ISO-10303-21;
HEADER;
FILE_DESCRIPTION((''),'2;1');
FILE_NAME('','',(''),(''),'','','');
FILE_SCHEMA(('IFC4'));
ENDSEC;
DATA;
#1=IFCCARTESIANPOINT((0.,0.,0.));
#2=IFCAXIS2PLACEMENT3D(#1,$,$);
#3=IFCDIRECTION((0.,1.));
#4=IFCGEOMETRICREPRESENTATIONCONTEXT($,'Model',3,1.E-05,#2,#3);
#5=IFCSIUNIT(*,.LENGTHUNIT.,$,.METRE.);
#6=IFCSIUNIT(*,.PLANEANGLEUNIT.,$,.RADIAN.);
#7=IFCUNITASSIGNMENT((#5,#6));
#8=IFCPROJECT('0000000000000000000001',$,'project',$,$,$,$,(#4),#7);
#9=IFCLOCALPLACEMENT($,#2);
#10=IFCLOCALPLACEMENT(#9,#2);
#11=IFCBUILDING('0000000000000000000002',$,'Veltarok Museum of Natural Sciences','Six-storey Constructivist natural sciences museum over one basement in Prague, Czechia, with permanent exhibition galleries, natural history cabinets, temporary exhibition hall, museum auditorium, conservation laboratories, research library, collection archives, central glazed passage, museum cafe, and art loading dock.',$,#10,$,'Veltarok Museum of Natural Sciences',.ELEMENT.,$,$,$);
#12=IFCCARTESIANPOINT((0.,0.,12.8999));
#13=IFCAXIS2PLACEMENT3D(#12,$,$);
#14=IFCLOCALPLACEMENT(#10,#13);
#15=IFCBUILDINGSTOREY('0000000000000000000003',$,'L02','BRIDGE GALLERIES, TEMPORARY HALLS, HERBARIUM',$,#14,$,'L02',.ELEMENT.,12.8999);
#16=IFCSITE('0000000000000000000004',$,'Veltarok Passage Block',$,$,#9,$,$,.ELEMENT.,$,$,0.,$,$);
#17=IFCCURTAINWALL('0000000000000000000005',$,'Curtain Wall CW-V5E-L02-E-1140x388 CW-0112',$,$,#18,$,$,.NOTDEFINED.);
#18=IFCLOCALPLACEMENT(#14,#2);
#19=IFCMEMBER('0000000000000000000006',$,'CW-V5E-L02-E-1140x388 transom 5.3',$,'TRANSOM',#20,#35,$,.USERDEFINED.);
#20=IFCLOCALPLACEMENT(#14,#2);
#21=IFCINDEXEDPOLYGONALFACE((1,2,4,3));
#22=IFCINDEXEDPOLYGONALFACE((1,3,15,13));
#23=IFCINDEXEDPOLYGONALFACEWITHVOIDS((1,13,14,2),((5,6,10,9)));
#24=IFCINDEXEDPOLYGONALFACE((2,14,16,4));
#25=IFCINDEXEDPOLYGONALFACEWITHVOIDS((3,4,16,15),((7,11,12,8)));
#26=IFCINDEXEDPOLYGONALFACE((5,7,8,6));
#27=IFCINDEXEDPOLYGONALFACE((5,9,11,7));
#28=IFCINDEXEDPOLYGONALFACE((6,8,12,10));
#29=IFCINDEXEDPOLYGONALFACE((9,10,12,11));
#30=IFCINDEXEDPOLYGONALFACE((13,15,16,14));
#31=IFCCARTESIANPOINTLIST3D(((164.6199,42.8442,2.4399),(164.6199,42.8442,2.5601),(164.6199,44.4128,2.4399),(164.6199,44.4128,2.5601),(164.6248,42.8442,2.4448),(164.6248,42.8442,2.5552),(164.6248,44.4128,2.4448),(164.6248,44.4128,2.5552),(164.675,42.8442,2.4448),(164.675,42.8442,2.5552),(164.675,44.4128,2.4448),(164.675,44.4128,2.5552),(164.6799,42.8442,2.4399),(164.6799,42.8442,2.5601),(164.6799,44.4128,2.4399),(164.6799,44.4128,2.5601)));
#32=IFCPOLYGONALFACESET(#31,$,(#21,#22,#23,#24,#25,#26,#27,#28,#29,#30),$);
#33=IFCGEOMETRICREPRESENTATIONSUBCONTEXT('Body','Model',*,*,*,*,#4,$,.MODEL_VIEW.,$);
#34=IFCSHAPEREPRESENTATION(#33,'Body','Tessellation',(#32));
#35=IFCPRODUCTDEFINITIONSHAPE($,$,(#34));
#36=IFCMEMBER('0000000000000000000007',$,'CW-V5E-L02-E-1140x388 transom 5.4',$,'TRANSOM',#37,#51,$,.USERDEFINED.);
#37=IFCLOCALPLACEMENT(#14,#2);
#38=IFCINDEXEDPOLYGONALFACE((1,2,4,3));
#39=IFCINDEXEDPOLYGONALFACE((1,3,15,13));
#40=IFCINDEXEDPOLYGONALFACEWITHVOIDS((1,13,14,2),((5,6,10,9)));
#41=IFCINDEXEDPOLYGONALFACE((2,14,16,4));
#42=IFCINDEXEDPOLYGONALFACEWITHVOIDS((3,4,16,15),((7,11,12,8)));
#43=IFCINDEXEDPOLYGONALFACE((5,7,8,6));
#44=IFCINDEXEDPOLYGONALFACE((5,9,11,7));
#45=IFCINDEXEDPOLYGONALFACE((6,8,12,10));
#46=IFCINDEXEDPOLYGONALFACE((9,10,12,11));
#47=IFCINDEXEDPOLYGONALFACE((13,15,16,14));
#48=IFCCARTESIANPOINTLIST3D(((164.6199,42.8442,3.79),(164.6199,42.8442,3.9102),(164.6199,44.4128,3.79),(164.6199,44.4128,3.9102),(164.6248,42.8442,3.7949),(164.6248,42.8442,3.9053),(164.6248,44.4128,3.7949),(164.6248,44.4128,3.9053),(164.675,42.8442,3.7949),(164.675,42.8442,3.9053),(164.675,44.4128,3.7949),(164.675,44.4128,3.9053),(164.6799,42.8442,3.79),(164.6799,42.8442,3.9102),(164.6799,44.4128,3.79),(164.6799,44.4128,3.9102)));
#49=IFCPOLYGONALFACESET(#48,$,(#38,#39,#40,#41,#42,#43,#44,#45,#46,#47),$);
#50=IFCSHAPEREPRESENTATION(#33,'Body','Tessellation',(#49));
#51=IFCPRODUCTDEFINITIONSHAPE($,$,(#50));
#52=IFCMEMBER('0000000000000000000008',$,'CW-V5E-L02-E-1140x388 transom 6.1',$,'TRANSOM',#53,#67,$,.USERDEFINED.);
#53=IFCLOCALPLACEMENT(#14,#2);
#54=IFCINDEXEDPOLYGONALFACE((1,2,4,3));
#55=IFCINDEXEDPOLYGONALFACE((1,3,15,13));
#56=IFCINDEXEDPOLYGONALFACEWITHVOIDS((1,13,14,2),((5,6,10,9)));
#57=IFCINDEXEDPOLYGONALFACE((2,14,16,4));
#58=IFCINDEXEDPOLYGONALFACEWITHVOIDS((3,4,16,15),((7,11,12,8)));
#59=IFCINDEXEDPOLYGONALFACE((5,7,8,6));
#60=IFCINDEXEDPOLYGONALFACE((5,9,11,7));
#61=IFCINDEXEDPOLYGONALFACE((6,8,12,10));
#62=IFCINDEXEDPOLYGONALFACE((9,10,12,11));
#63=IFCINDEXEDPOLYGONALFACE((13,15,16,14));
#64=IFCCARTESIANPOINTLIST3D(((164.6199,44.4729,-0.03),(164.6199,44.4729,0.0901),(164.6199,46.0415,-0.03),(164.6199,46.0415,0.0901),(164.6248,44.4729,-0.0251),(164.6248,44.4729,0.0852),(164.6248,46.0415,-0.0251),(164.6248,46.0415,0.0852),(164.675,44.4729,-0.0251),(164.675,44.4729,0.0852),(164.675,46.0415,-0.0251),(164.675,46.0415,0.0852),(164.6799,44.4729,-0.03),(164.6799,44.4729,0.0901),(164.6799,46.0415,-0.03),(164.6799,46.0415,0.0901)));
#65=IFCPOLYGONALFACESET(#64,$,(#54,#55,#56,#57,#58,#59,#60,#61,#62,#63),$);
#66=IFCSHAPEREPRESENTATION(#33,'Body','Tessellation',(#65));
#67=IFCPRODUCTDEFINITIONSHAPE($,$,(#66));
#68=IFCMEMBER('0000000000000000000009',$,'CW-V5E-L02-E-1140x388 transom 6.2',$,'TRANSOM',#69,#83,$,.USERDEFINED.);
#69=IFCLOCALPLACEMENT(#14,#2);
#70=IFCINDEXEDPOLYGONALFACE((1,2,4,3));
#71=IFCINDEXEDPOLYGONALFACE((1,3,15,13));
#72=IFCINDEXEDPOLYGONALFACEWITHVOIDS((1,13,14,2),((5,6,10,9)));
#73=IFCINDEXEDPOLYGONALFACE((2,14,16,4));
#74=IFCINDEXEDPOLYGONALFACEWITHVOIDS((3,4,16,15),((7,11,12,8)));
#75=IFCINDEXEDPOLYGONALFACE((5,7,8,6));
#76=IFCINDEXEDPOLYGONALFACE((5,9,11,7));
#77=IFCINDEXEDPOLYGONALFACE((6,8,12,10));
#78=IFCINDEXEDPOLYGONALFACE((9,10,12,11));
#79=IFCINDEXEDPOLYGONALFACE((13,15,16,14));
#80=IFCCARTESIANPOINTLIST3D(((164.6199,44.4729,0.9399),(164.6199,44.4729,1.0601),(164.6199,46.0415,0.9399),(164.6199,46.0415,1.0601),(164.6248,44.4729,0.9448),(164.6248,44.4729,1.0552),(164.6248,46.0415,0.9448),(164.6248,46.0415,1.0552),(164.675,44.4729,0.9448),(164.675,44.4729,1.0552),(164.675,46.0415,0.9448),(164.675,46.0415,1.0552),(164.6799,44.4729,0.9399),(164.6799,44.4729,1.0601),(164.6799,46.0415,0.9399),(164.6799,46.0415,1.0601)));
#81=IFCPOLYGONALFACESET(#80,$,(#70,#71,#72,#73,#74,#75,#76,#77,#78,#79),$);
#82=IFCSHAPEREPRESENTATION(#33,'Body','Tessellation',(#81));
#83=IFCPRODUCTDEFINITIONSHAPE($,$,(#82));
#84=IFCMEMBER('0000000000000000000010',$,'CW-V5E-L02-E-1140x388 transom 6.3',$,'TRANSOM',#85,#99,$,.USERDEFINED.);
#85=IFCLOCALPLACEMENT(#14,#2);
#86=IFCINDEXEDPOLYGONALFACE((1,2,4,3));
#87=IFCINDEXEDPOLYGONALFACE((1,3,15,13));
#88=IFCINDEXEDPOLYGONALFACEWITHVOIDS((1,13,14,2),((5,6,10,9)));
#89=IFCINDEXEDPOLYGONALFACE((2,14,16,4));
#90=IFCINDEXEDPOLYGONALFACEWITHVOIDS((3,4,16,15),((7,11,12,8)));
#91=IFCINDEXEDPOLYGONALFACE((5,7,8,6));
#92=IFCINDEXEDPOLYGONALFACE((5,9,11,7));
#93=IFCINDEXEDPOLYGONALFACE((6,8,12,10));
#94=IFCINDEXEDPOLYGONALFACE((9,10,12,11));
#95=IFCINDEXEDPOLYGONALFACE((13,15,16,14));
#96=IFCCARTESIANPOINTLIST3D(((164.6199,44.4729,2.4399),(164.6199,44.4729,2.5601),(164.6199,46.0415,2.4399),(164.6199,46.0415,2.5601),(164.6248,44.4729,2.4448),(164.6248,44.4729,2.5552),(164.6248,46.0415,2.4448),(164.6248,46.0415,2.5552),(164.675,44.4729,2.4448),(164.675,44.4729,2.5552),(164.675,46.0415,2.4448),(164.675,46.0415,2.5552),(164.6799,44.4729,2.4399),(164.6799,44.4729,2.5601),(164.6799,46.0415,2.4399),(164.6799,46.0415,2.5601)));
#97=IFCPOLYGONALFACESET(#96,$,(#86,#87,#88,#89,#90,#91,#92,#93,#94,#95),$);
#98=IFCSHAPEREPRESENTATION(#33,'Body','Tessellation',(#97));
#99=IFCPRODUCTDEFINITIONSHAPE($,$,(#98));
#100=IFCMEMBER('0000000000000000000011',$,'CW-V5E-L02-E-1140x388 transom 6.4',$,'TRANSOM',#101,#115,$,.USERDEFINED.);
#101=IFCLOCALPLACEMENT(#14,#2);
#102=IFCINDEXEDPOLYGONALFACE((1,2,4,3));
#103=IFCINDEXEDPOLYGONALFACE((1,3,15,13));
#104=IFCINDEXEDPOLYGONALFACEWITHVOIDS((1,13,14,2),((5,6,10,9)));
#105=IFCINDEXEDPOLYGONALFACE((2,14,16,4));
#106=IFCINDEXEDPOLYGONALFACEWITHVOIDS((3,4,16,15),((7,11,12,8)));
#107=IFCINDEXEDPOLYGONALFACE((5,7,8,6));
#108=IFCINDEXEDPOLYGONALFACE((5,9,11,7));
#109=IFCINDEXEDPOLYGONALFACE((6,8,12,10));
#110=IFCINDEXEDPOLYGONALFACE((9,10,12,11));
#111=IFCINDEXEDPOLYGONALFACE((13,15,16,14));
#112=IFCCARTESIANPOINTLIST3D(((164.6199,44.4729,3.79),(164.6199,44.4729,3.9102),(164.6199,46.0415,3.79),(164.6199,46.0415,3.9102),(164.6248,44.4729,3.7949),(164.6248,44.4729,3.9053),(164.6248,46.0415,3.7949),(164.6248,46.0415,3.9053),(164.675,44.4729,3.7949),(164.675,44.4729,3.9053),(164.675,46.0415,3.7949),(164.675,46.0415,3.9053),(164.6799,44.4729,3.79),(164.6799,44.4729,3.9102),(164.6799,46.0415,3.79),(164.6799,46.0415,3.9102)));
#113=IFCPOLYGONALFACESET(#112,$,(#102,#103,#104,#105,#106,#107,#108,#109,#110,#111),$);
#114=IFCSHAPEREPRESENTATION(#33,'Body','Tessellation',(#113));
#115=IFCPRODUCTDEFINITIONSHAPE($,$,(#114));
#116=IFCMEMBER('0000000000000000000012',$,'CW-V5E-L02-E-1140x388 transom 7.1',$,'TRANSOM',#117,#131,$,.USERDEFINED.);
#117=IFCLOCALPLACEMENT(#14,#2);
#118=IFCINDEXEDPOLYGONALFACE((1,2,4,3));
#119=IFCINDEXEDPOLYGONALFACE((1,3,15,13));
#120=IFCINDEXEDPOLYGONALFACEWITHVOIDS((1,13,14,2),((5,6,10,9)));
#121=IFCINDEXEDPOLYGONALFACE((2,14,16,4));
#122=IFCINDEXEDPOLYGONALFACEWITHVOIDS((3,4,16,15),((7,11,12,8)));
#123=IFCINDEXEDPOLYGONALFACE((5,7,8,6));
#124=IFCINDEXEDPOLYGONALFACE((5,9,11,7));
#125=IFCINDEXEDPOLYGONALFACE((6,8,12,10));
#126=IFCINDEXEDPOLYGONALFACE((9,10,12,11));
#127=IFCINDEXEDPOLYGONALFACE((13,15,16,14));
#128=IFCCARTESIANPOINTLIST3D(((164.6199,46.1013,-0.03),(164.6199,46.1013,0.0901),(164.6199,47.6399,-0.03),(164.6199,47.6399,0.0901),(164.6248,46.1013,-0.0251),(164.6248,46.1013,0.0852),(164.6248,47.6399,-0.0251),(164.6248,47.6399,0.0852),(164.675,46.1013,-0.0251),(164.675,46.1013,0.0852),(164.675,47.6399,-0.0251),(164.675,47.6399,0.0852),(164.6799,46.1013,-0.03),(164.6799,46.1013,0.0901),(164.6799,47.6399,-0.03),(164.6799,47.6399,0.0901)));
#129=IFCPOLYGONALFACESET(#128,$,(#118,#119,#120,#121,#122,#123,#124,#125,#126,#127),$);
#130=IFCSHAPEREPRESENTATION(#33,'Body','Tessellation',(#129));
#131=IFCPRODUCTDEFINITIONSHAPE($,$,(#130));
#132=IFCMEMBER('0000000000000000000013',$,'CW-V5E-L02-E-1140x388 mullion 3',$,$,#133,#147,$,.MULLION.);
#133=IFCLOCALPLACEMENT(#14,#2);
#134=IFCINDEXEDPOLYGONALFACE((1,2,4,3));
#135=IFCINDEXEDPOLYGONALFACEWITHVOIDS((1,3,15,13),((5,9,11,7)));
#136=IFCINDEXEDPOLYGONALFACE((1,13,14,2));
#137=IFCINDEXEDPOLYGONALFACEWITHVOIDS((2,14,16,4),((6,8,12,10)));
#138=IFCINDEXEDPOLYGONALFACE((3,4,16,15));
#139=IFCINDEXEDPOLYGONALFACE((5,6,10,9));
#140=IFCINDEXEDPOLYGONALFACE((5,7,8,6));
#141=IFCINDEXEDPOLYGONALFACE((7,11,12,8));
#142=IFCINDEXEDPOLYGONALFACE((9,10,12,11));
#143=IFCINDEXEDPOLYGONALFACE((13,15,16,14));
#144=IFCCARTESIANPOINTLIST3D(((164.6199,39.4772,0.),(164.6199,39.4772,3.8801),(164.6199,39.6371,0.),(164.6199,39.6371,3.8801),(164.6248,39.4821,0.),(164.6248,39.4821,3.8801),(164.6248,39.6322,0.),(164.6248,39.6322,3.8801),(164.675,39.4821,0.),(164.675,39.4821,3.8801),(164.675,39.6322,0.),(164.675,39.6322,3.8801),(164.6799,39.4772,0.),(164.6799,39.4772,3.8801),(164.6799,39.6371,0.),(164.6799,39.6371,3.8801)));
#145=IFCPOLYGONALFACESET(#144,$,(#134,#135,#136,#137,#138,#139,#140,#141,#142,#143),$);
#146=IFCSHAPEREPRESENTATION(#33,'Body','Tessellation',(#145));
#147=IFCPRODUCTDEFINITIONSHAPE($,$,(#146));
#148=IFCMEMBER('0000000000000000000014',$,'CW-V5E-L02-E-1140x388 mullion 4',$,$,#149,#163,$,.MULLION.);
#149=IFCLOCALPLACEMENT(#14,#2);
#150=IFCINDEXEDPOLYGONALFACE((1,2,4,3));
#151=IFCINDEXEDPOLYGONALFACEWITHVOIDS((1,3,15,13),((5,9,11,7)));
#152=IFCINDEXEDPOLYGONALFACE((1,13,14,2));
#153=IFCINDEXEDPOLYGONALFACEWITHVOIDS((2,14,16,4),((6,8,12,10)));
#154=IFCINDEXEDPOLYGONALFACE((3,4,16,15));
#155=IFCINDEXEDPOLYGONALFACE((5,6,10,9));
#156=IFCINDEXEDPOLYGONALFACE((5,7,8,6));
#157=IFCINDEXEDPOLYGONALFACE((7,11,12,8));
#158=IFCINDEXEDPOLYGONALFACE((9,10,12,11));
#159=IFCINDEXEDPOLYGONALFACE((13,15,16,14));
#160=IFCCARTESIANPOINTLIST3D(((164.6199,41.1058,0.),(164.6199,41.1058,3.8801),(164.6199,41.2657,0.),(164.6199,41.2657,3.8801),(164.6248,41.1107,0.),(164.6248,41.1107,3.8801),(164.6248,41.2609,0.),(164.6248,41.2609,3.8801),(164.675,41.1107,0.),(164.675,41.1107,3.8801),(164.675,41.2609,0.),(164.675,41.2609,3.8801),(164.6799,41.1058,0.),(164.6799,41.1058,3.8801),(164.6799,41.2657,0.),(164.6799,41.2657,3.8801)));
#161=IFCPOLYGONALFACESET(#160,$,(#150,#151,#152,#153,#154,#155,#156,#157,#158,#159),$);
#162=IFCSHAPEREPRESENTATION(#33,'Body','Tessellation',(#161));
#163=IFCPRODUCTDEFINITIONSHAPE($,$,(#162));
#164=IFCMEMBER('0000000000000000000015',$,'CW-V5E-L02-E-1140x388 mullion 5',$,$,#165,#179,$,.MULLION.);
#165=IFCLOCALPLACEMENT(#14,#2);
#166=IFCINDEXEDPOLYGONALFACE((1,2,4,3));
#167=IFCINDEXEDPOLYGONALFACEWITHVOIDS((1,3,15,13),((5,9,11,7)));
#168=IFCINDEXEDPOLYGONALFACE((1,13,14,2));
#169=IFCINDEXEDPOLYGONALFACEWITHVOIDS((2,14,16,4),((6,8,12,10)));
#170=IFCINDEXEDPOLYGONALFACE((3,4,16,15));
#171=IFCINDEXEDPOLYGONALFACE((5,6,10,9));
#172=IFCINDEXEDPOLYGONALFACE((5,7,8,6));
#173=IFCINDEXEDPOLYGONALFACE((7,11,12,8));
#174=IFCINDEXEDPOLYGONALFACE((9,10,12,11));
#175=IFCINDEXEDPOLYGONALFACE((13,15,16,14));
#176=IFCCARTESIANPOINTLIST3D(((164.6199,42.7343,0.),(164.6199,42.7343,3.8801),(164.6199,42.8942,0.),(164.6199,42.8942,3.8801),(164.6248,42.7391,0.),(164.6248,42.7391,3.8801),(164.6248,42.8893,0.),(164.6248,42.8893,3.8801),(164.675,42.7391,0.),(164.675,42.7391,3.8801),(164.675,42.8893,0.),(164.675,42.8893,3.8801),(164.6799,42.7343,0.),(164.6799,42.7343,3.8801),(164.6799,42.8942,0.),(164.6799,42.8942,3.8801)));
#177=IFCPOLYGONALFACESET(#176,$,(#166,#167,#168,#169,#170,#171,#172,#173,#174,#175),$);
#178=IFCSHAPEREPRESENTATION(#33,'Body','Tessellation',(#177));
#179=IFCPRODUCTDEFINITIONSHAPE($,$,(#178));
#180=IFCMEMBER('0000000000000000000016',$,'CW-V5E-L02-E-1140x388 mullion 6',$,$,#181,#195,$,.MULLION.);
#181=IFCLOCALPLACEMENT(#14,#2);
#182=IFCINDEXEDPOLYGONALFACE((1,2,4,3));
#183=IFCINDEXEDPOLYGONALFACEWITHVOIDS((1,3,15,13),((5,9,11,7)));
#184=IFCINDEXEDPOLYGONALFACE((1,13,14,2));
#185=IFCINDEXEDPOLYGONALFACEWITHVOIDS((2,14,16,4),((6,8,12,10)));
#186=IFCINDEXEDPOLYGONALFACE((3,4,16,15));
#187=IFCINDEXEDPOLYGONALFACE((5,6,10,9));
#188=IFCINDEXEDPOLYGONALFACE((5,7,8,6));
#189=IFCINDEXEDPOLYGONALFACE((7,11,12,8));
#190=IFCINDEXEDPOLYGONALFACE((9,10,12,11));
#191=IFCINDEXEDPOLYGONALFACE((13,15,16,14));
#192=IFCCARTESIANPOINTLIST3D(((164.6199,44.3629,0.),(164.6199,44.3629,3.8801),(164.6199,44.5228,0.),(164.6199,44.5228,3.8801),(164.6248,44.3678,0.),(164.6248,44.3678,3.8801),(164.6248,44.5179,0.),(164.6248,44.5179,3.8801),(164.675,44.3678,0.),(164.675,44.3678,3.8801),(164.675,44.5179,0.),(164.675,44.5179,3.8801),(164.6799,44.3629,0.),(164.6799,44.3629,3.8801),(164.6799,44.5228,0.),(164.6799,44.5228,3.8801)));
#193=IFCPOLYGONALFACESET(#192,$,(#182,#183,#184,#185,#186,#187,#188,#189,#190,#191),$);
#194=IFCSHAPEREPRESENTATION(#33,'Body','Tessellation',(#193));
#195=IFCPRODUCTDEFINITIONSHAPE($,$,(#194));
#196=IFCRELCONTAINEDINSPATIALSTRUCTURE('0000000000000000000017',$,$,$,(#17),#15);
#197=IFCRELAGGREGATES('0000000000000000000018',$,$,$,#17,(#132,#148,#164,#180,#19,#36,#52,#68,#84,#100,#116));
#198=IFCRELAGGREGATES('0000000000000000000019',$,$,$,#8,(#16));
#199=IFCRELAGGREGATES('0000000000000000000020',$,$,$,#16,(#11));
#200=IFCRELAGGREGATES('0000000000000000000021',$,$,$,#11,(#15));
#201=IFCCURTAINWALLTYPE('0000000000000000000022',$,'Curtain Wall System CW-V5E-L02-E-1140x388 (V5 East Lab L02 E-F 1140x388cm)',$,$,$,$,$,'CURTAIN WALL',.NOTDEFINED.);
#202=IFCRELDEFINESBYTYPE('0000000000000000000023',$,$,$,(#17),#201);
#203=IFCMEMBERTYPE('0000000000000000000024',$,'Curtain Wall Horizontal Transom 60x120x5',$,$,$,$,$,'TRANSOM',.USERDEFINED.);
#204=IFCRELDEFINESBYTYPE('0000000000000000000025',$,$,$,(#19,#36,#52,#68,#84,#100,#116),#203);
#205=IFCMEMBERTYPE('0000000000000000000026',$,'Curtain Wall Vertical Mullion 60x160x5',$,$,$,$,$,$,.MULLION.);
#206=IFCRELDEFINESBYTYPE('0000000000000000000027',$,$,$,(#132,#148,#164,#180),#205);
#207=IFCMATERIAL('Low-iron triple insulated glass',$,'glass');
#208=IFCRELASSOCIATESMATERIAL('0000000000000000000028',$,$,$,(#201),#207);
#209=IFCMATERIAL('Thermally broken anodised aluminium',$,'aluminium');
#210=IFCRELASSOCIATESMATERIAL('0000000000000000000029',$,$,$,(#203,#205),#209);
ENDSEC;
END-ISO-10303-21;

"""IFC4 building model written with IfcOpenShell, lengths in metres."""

from ifc_helpers import new_model, si_unit, direction, frame, origin, origin_2d, place, context, subcontext, project, spatial, hollow_rectangle, extrude, material, material_profile, profile_set, type_object, element, aggregate, save


model = new_model("IFC4")

# Units and contexts
model_context = context("Model", 3, precision=1e-05, world=origin(), true_north=direction((0.0, 1.0)))
body_context = subcontext(model_context, "Body", "Model", "MODEL_VIEW")
ifc_project = project(units=[si_unit("LENGTHUNIT", "METRE"), si_unit("PLANEANGLEUNIT", "RADIAN")], contexts=[model_context])

# Site, building, storey
site_placement = place(None, origin())
site = spatial("IfcSite", under=ifc_project, at=site_placement, Name="Veltarok Passage Block", CompositionType="ELEMENT", RefElevation=0.0)
building_placement = place(site_placement, origin())
building = spatial("IfcBuilding", under=site, at=building_placement, Name="Veltarok Museum of Natural Sciences", Description="Six-storey Constructivist natural sciences museum over one basement in Prague, Czechia, with permanent exhibition galleries, natural history cabinets, temporary exhibition hall, museum auditorium, conservation laboratories, research library, collection archives, central glazed passage, museum cafe, and art loading dock.", LongName="Veltarok Museum of Natural Sciences", CompositionType="ELEMENT")
storey_placement = place(building_placement, frame((0.0, 0.0, 12.8999)))
storey = spatial("IfcBuildingStorey", under=building, at=storey_placement, Name="L02", Description="BRIDGE GALLERIES, TEMPORARY HALLS, HERBARIUM", LongName="L02", CompositionType="ELEMENT", Elevation=12.8999)

# Curtain wall, members
ifc_material_1 = material(Name="Low-iron triple insulated glass", Category="glass")
curtain_wall_type = type_object("IfcCurtainWallType", Name="Curtain Wall System CW-V5E-L02-E-1140x388 (V5 East Lab L02 E-F 1140x388cm)", ElementType="CURTAIN WALL", PredefinedType="NOTDEFINED", material=ifc_material_1)
curtain_wall_placement = place(storey_placement, origin())
curtain_wall = element("IfcCurtainWall", 1, at=curtain_wall_placement, inside=storey, type_object=curtain_wall_type, Name="Curtain Wall CW-V5E-L02-E-1140x388 CW-0112", PredefinedType="NOTDEFINED")
ifc_material_2 = material(Name="Thermally broken anodised aluminium", Category="aluminium")
ifc_material_profile_1 = material_profile(ifc_material_2, hollow_rectangle(XDim=0.0601, YDim=0.1201, WallThickness=0.0049, at=origin_2d()), Name="CW TRANSOM 60x120x5")
ifc_profile_set_1 = profile_set([ifc_material_profile_1], Name="Thermally broken anodised aluminium")
member_type_1 = type_object("IfcMemberType", Name="Curtain Wall Horizontal Transom 60x120x5", ElementType="TRANSOM", PredefinedType="USERDEFINED", material=ifc_profile_set_1)
member_1_placement = place(storey_placement, frame((164.6499, 42.8442, 2.5), z_axis=(0.0, 1.0, 0.0), x_axis=(-1.0, 0.0, 0.0)))
member_1 = element("IfcMember", 2, at=member_1_placement, type_object=member_type_1, Name="CW-V5E-L02-E-1140x388 transom 5.3", ObjectType="TRANSOM", PredefinedType="USERDEFINED", context=body_context, shape_type="SweptSolid", body=[
    extrude(hollow_rectangle(XDim=0.0601, YDim=0.1201, WallThickness=0.0049, at=origin_2d()), origin(), (0.0, 0.0, 1.0), 1.5686),
])
member_2_placement = place(storey_placement, frame((164.6499, 42.8442, 3.8501), z_axis=(0.0, 1.0, 0.0), x_axis=(-1.0, 0.0, 0.0)))
member_2 = element("IfcMember", 3, at=member_2_placement, type_object=member_type_1, Name="CW-V5E-L02-E-1140x388 transom 5.4", ObjectType="TRANSOM", PredefinedType="USERDEFINED", context=body_context, shape_type="SweptSolid", body=[
    extrude(hollow_rectangle(XDim=0.0601, YDim=0.1201, WallThickness=0.0049, at=origin_2d()), origin(), (0.0, 0.0, 1.0), 1.5686),
])
member_3_placement = place(storey_placement, frame((164.6499, 44.4729, 0.03), z_axis=(0.0, 1.0, 0.0), x_axis=(-1.0, 0.0, 0.0)))
member_3 = element("IfcMember", 4, at=member_3_placement, type_object=member_type_1, Name="CW-V5E-L02-E-1140x388 transom 6.1", ObjectType="TRANSOM", PredefinedType="USERDEFINED", context=body_context, shape_type="SweptSolid", body=[
    extrude(hollow_rectangle(XDim=0.0601, YDim=0.1201, WallThickness=0.0049, at=origin_2d()), origin(), (0.0, 0.0, 1.0), 1.5686),
])
member_4_placement = place(storey_placement, frame((164.6499, 44.4729, 1.0), z_axis=(0.0, 1.0, 0.0), x_axis=(-1.0, 0.0, 0.0)))
member_4 = element("IfcMember", 5, at=member_4_placement, type_object=member_type_1, Name="CW-V5E-L02-E-1140x388 transom 6.2", ObjectType="TRANSOM", PredefinedType="USERDEFINED", context=body_context, shape_type="SweptSolid", body=[
    extrude(hollow_rectangle(XDim=0.0601, YDim=0.1201, WallThickness=0.0049, at=origin_2d()), origin(), (0.0, 0.0, 1.0), 1.5686),
])
member_5_placement = place(storey_placement, frame((164.6499, 44.4729, 2.5), z_axis=(0.0, 1.0, 0.0), x_axis=(-1.0, 0.0, 0.0)))
member_5 = element("IfcMember", 6, at=member_5_placement, type_object=member_type_1, Name="CW-V5E-L02-E-1140x388 transom 6.3", ObjectType="TRANSOM", PredefinedType="USERDEFINED", context=body_context, shape_type="SweptSolid", body=[
    extrude(hollow_rectangle(XDim=0.0601, YDim=0.1201, WallThickness=0.0049, at=origin_2d()), origin(), (0.0, 0.0, 1.0), 1.5686),
])
member_6_placement = place(storey_placement, frame((164.6499, 44.4729, 3.8501), z_axis=(0.0, 1.0, 0.0), x_axis=(-1.0, 0.0, 0.0)))
member_6 = element("IfcMember", 7, at=member_6_placement, type_object=member_type_1, Name="CW-V5E-L02-E-1140x388 transom 6.4", ObjectType="TRANSOM", PredefinedType="USERDEFINED", context=body_context, shape_type="SweptSolid", body=[
    extrude(hollow_rectangle(XDim=0.0601, YDim=0.1201, WallThickness=0.0049, at=origin_2d()), origin(), (0.0, 0.0, 1.0), 1.5686),
])
member_7_placement = place(storey_placement, frame((164.6499, 46.1013, 0.03), z_axis=(0.0, 1.0, 0.0), x_axis=(-1.0, 0.0, 0.0)))
member_7 = element("IfcMember", 8, at=member_7_placement, type_object=member_type_1, Name="CW-V5E-L02-E-1140x388 transom 7.1", ObjectType="TRANSOM", PredefinedType="USERDEFINED", context=body_context, shape_type="SweptSolid", body=[
    extrude(hollow_rectangle(XDim=0.0601, YDim=0.1201, WallThickness=0.0049, at=origin_2d()), origin(), (0.0, 0.0, 1.0), 1.5386),
])
ifc_material_profile_2 = material_profile(ifc_material_2, hollow_rectangle(XDim=0.0601, YDim=0.1599, WallThickness=0.0049, at=origin_2d()), Name="CW MULLION 60x160x5")
ifc_profile_set_2 = profile_set([ifc_material_profile_2], Name="Thermally broken anodised aluminium")
member_type_2 = type_object("IfcMemberType", Name="Curtain Wall Vertical Mullion 60x160x5", PredefinedType="MULLION", material=ifc_profile_set_2)
member_8_placement = place(storey_placement, frame((164.6499, 39.5571, 0.0), z_axis=(0.0, 0.0, 1.0), x_axis=(-1.0, 0.0, 0.0)))
member_8 = element("IfcMember", 9, at=member_8_placement, type_object=member_type_2, Name="CW-V5E-L02-E-1140x388 mullion 3", PredefinedType="MULLION", context=body_context, shape_type="SweptSolid", body=[
    extrude(hollow_rectangle(XDim=0.0601, YDim=0.1599, WallThickness=0.0049, at=origin_2d()), origin(), (0.0, 0.0, 1.0), 3.8801),
])
member_9_placement = place(storey_placement, frame((164.6499, 41.1858, 0.0), z_axis=(0.0, 0.0, 1.0), x_axis=(-1.0, 0.0, 0.0)))
member_9 = element("IfcMember", 10, at=member_9_placement, type_object=member_type_2, Name="CW-V5E-L02-E-1140x388 mullion 4", PredefinedType="MULLION", context=body_context, shape_type="SweptSolid", body=[
    extrude(hollow_rectangle(XDim=0.0601, YDim=0.1599, WallThickness=0.0049, at=origin_2d()), origin(), (0.0, 0.0, 1.0), 3.8801),
])
member_10_placement = place(storey_placement, frame((164.6499, 42.8142, 0.0), z_axis=(0.0, 0.0, 1.0), x_axis=(-1.0, 0.0, 0.0)))
member_10 = element("IfcMember", 11, at=member_10_placement, type_object=member_type_2, Name="CW-V5E-L02-E-1140x388 mullion 5", PredefinedType="MULLION", context=body_context, shape_type="SweptSolid", body=[
    extrude(hollow_rectangle(XDim=0.0601, YDim=0.1599, WallThickness=0.0049, at=origin_2d()), origin(), (0.0, 0.0, 1.0), 3.8801),
])
member_11_placement = place(storey_placement, frame((164.6499, 44.4429, 0.0), z_axis=(0.0, 0.0, 1.0), x_axis=(-1.0, 0.0, 0.0)))
member_11 = element("IfcMember", 12, at=member_11_placement, type_object=member_type_2, Name="CW-V5E-L02-E-1140x388 mullion 6", PredefinedType="MULLION", context=body_context, shape_type="SweptSolid", body=[
    extrude(hollow_rectangle(XDim=0.0601, YDim=0.1599, WallThickness=0.0049, at=origin_2d()), origin(), (0.0, 0.0, 1.0), 3.8801),
])
aggregate(curtain_wall, [member_8, member_9, member_10, member_11, member_1, member_2, member_3, member_4, member_5, member_6, member_7])

save(model, "model.ifc")
